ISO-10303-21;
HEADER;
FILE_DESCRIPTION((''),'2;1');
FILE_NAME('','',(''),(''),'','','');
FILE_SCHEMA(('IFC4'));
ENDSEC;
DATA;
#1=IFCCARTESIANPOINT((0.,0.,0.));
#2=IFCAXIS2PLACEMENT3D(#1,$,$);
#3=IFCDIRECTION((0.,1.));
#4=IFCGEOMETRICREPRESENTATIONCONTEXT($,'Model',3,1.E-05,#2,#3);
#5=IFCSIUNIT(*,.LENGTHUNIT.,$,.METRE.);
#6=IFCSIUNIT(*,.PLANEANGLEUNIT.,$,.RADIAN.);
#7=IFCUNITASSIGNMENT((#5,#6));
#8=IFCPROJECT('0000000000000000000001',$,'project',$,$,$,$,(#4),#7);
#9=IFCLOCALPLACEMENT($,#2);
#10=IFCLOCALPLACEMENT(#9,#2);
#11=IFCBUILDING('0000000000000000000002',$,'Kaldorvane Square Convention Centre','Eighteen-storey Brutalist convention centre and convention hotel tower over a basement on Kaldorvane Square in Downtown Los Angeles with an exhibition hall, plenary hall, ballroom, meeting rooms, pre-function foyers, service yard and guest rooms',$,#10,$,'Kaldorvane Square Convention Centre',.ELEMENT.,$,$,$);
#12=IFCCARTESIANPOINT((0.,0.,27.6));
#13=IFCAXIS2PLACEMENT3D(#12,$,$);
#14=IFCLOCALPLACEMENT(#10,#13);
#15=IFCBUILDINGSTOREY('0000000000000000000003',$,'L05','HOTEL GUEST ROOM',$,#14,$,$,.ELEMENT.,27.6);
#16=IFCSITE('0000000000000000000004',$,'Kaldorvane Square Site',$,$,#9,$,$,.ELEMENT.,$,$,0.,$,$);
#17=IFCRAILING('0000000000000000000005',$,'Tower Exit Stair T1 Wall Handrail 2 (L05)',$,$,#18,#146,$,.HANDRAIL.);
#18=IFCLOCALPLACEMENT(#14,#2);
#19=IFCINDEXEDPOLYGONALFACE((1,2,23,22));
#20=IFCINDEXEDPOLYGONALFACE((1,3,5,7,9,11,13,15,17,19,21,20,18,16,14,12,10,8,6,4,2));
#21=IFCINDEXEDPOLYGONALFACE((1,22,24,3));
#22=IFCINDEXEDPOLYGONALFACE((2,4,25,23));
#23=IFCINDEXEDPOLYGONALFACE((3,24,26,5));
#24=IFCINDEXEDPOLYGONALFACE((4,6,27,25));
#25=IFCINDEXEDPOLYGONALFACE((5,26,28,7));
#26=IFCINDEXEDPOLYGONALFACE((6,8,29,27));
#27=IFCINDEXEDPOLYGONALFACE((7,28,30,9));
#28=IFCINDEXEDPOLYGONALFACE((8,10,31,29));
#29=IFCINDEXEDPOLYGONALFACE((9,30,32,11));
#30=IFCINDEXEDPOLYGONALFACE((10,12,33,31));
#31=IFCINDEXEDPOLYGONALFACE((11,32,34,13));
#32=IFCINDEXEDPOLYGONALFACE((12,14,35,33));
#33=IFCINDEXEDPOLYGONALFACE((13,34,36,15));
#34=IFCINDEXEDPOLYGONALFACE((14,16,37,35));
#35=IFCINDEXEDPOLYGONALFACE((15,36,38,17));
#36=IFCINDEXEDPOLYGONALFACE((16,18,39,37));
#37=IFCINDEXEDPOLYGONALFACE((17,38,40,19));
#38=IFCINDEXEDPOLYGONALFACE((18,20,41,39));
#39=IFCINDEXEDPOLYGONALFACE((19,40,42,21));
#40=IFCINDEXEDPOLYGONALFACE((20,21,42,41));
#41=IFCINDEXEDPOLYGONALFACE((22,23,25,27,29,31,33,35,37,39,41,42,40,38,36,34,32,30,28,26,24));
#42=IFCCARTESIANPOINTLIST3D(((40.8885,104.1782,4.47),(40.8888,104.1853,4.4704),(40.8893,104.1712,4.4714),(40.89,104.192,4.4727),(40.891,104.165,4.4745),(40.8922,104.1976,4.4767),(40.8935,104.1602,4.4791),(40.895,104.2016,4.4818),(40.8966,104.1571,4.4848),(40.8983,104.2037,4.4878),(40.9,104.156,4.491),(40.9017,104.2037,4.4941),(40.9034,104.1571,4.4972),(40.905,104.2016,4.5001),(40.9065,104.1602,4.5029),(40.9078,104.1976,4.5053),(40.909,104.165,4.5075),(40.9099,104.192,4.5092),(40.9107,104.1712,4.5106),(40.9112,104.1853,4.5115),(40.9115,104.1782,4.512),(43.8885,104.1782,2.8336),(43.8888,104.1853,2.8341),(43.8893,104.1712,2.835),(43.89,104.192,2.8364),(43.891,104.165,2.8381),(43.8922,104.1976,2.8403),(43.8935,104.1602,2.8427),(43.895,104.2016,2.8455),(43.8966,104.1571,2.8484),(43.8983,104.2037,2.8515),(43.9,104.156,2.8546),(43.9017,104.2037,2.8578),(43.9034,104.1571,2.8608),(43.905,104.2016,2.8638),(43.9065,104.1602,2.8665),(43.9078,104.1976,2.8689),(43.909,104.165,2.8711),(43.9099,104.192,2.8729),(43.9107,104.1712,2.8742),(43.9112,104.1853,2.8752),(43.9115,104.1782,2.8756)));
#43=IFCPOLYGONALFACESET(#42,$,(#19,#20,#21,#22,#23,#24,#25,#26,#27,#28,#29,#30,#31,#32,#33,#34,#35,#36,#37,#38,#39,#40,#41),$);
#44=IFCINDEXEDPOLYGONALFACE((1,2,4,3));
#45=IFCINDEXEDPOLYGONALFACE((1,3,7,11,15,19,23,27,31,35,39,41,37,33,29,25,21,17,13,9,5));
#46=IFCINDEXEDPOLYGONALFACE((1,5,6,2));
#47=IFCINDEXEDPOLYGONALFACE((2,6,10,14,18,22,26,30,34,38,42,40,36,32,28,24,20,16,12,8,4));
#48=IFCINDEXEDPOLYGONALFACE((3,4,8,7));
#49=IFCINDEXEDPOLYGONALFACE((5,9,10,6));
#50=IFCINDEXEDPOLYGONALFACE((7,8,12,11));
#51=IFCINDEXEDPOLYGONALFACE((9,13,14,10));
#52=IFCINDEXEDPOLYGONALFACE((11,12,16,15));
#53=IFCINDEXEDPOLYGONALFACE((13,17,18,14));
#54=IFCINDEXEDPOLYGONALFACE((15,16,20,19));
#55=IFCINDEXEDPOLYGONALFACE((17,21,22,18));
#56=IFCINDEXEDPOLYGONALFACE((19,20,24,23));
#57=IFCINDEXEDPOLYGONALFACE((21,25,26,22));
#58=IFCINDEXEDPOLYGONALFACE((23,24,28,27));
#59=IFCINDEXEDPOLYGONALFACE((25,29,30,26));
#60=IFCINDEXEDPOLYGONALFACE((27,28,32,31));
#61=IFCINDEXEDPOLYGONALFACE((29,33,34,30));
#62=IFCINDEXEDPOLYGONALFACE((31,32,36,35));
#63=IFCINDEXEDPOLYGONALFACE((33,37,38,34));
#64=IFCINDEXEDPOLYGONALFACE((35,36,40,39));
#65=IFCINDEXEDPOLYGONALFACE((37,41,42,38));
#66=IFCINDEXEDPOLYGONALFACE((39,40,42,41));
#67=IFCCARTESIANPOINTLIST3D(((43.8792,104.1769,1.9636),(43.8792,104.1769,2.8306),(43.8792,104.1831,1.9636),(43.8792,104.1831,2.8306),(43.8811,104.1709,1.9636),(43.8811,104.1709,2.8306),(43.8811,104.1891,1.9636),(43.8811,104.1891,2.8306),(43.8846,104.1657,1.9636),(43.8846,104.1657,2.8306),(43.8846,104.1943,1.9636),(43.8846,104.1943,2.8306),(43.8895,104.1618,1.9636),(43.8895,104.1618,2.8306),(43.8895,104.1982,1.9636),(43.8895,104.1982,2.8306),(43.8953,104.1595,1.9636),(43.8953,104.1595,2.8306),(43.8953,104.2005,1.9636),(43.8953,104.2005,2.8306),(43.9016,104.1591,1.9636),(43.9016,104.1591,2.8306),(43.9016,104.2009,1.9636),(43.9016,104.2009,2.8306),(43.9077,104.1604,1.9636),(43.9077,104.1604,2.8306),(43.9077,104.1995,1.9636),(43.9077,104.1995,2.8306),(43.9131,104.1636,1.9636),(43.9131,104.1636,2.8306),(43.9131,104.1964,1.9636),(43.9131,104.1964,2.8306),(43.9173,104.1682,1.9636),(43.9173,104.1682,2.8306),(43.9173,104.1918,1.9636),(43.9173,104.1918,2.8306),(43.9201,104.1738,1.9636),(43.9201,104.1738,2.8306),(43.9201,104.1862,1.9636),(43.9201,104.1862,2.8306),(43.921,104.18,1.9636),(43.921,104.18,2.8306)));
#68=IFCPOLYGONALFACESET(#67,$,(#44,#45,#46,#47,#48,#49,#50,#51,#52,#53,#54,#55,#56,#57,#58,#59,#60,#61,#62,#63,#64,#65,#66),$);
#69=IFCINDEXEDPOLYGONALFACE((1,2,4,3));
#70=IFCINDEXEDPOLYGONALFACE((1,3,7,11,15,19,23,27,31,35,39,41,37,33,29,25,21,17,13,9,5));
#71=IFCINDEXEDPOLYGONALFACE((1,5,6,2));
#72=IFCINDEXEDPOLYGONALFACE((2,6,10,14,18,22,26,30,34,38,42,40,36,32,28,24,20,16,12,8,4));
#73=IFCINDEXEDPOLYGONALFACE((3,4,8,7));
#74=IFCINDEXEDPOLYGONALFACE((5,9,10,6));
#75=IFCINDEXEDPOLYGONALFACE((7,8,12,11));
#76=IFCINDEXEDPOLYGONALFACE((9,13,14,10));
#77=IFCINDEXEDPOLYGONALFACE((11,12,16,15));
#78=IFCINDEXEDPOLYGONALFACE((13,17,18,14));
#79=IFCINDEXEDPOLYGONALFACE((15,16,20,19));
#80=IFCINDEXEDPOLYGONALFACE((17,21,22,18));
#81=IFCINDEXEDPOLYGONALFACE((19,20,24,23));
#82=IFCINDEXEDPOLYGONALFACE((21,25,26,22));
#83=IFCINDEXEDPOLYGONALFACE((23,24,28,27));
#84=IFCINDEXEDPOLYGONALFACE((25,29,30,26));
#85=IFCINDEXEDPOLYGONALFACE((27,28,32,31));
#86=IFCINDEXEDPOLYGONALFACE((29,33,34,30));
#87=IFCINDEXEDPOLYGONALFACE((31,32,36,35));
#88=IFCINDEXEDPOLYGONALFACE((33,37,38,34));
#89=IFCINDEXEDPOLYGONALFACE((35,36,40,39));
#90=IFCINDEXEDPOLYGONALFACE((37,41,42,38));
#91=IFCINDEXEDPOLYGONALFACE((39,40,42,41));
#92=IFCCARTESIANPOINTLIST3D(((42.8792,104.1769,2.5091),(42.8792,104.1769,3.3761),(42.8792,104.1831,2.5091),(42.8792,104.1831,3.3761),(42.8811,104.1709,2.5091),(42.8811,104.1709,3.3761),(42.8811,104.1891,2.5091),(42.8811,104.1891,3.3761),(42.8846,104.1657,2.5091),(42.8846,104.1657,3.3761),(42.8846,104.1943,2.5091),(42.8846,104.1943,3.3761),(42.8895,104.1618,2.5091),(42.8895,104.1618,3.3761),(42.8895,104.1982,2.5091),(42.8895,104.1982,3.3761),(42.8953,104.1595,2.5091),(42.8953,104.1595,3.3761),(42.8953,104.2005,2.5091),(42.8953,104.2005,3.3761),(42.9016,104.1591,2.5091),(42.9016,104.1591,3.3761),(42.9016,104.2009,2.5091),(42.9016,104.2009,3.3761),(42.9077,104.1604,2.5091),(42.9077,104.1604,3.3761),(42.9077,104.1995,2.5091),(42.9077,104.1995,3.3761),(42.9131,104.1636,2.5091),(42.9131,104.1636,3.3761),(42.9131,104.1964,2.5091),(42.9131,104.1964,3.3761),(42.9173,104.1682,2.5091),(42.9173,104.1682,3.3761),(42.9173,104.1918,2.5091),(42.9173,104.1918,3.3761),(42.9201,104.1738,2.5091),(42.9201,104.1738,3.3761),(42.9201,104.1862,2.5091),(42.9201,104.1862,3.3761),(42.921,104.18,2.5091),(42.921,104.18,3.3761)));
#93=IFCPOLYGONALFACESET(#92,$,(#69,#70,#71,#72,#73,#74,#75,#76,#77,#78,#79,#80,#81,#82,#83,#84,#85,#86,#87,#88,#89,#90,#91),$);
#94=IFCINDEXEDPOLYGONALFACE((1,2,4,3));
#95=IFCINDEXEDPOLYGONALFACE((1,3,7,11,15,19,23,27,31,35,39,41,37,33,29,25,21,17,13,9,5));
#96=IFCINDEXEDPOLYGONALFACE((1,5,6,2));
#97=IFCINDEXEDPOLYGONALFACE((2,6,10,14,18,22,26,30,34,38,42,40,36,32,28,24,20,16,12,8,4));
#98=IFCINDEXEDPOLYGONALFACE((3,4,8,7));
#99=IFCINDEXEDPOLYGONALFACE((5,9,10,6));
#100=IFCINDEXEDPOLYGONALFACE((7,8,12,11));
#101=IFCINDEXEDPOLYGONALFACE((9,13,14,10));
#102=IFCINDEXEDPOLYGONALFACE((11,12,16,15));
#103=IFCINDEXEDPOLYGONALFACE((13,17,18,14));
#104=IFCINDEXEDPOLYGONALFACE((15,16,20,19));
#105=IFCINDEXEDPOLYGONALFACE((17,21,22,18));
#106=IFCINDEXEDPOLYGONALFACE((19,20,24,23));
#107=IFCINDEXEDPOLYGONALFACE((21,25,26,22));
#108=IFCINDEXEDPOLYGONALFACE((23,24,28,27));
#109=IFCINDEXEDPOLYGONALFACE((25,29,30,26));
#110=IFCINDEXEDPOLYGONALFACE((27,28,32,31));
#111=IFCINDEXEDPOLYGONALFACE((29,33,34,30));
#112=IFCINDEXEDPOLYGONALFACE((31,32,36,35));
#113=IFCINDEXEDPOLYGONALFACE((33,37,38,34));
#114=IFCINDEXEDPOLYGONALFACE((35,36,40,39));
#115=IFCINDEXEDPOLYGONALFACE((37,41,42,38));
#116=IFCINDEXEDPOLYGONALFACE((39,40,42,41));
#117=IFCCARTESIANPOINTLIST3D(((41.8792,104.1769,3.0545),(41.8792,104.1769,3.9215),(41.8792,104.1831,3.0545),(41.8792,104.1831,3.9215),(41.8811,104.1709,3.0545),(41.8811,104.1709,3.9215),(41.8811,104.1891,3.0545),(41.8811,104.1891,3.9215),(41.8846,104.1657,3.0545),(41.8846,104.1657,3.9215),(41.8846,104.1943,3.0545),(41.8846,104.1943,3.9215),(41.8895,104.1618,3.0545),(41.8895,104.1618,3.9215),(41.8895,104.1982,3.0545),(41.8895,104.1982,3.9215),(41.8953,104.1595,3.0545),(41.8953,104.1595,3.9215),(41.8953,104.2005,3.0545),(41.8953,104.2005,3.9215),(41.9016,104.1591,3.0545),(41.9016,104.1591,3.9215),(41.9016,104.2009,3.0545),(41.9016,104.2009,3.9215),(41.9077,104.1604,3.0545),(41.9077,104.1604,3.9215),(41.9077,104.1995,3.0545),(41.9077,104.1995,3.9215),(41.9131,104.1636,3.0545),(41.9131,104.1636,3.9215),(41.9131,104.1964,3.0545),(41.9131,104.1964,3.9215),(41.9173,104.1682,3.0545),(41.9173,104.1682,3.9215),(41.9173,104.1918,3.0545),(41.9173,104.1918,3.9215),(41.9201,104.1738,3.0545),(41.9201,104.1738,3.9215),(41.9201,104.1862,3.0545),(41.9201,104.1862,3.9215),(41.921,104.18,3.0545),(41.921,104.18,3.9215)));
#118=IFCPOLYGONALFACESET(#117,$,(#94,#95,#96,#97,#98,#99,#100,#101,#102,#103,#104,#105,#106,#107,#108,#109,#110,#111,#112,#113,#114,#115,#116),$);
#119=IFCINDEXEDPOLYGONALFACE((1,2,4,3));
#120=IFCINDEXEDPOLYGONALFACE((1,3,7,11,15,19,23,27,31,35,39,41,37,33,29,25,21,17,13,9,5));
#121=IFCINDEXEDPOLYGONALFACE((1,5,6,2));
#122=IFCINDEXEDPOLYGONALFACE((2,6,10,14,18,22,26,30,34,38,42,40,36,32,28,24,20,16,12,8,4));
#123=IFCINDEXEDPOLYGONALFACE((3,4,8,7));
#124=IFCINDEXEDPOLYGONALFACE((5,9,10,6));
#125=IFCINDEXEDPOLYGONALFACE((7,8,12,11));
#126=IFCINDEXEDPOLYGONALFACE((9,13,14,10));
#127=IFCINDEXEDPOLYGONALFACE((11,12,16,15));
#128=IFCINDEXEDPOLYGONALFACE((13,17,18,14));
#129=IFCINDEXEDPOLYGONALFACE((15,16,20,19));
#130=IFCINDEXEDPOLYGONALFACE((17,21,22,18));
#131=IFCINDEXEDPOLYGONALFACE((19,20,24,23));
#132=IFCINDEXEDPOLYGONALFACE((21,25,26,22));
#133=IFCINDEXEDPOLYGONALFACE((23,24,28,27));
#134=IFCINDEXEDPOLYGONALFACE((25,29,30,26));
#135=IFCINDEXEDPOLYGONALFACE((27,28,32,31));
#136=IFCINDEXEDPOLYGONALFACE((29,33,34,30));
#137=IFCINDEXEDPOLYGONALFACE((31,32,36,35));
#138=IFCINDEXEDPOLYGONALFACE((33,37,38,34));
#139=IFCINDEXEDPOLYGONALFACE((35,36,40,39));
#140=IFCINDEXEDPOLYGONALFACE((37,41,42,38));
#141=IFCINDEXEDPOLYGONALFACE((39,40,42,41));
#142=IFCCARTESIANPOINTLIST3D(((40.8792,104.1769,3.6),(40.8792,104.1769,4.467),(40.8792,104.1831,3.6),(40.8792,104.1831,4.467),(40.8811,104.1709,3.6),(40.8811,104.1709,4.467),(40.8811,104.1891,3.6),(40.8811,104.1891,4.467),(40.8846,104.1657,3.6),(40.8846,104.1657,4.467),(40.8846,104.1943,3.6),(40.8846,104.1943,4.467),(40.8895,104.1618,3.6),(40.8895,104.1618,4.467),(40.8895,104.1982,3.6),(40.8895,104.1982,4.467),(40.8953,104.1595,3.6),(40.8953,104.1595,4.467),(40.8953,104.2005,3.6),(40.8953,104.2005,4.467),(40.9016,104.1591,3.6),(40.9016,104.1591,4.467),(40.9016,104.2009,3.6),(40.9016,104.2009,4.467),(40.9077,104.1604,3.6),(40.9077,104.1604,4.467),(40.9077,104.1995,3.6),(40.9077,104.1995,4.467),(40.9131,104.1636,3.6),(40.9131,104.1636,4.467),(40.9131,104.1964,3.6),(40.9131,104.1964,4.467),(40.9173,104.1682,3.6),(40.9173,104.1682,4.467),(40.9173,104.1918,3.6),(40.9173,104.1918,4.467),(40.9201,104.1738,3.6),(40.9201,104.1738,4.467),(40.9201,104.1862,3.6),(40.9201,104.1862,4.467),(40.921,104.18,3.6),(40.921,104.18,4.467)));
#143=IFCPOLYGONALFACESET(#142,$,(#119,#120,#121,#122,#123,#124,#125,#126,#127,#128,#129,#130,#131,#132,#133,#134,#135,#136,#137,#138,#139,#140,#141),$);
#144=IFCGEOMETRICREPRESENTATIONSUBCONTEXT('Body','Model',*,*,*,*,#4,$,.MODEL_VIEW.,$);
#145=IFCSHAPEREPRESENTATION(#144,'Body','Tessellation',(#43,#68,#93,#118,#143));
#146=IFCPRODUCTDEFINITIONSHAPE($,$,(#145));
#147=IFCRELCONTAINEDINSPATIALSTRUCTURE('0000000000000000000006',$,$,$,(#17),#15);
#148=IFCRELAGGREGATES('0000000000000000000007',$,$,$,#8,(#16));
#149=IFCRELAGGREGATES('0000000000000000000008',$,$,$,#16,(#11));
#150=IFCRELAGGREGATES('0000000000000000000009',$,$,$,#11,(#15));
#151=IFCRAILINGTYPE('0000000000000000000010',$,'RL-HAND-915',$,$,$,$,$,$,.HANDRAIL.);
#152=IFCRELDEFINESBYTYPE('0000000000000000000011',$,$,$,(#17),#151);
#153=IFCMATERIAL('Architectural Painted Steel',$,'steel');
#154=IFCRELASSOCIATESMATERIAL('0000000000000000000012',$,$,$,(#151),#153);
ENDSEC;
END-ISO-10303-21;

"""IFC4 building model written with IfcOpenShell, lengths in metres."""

from ifc_helpers import new_model, si_unit, direction, frame, origin, origin_2d, place, context, subcontext, project, spatial, circle, extrude, material, type_object, element, save


model = new_model("IFC4")

# Units and contexts
model_context = context("Model", 3, precision=1e-05, world=origin(), true_north=direction((0.0, 1.0)))
body_context = subcontext(model_context, "Body", "Model", "MODEL_VIEW")
ifc_project = project(units=[si_unit("LENGTHUNIT", "METRE"), si_unit("PLANEANGLEUNIT", "RADIAN")], contexts=[model_context])

# Site, building, storey
site_placement = place(None, origin())
site = spatial("IfcSite", under=ifc_project, at=site_placement, Name="Kaldorvane Square Site", CompositionType="ELEMENT", RefElevation=0.0)
building_placement = place(site_placement, origin())
building = spatial("IfcBuilding", under=site, at=building_placement, Name="Kaldorvane Square Convention Centre", Description="Eighteen-storey Brutalist convention centre and convention hotel tower over a basement on Kaldorvane Square in Downtown Los Angeles with an exhibition hall, plenary hall, ballroom, meeting rooms, pre-function foyers, service yard and guest rooms", LongName="Kaldorvane Square Convention Centre", CompositionType="ELEMENT")
storey_placement = place(building_placement, frame((0.0, 0.0, 27.6)))
storey = spatial("IfcBuildingStorey", under=building, at=storey_placement, Name="L05", Description="HOTEL GUEST ROOM", CompositionType="ELEMENT", Elevation=27.6)

# Railing
ifc_material_1 = material(Name="Architectural Painted Steel", Category="steel")
railing_type_1 = type_object("IfcRailingType", Name="RL-HAND-915", PredefinedType="HANDRAIL", material=ifc_material_1)
railing_1_placement = place(storey_placement, frame((43.9, 104.18, 1.9636)))
element("IfcRailing", 1, at=railing_1_placement, inside=storey, type_object=railing_type_1, Name="Tower Exit Stair T1 Wall Handrail 2 (L05)", PredefinedType="HANDRAIL", context=body_context, shape_type="SweptSolid", body=[
    extrude(circle(Radius=0.024, at=origin_2d()), frame((0.0, 0.0, 0.891), z_axis=(-0.877895, 0.0, 0.478853), x_axis=(0.0, -1.0, 0.0)), (0.0, 0.0, 1.0), 3.4173),
    extrude(circle(Radius=0.021, at=origin_2d()), origin(), (0.0, 0.0, 1.0), 0.867),
    extrude(circle(Radius=0.021, at=origin_2d()), frame((-1.0, 0.0, 0.5455)), (0.0, 0.0, 1.0), 0.867),
    extrude(circle(Radius=0.021, at=origin_2d()), frame((-2.0, 0.0, 1.0909)), (0.0, 0.0, 1.0), 0.867),
    extrude(circle(Radius=0.021, at=origin_2d()), frame((-3.0, 0.0, 1.6364)), (0.0, 0.0, 1.0), 0.867),
])

save(model, "model.ifc")
